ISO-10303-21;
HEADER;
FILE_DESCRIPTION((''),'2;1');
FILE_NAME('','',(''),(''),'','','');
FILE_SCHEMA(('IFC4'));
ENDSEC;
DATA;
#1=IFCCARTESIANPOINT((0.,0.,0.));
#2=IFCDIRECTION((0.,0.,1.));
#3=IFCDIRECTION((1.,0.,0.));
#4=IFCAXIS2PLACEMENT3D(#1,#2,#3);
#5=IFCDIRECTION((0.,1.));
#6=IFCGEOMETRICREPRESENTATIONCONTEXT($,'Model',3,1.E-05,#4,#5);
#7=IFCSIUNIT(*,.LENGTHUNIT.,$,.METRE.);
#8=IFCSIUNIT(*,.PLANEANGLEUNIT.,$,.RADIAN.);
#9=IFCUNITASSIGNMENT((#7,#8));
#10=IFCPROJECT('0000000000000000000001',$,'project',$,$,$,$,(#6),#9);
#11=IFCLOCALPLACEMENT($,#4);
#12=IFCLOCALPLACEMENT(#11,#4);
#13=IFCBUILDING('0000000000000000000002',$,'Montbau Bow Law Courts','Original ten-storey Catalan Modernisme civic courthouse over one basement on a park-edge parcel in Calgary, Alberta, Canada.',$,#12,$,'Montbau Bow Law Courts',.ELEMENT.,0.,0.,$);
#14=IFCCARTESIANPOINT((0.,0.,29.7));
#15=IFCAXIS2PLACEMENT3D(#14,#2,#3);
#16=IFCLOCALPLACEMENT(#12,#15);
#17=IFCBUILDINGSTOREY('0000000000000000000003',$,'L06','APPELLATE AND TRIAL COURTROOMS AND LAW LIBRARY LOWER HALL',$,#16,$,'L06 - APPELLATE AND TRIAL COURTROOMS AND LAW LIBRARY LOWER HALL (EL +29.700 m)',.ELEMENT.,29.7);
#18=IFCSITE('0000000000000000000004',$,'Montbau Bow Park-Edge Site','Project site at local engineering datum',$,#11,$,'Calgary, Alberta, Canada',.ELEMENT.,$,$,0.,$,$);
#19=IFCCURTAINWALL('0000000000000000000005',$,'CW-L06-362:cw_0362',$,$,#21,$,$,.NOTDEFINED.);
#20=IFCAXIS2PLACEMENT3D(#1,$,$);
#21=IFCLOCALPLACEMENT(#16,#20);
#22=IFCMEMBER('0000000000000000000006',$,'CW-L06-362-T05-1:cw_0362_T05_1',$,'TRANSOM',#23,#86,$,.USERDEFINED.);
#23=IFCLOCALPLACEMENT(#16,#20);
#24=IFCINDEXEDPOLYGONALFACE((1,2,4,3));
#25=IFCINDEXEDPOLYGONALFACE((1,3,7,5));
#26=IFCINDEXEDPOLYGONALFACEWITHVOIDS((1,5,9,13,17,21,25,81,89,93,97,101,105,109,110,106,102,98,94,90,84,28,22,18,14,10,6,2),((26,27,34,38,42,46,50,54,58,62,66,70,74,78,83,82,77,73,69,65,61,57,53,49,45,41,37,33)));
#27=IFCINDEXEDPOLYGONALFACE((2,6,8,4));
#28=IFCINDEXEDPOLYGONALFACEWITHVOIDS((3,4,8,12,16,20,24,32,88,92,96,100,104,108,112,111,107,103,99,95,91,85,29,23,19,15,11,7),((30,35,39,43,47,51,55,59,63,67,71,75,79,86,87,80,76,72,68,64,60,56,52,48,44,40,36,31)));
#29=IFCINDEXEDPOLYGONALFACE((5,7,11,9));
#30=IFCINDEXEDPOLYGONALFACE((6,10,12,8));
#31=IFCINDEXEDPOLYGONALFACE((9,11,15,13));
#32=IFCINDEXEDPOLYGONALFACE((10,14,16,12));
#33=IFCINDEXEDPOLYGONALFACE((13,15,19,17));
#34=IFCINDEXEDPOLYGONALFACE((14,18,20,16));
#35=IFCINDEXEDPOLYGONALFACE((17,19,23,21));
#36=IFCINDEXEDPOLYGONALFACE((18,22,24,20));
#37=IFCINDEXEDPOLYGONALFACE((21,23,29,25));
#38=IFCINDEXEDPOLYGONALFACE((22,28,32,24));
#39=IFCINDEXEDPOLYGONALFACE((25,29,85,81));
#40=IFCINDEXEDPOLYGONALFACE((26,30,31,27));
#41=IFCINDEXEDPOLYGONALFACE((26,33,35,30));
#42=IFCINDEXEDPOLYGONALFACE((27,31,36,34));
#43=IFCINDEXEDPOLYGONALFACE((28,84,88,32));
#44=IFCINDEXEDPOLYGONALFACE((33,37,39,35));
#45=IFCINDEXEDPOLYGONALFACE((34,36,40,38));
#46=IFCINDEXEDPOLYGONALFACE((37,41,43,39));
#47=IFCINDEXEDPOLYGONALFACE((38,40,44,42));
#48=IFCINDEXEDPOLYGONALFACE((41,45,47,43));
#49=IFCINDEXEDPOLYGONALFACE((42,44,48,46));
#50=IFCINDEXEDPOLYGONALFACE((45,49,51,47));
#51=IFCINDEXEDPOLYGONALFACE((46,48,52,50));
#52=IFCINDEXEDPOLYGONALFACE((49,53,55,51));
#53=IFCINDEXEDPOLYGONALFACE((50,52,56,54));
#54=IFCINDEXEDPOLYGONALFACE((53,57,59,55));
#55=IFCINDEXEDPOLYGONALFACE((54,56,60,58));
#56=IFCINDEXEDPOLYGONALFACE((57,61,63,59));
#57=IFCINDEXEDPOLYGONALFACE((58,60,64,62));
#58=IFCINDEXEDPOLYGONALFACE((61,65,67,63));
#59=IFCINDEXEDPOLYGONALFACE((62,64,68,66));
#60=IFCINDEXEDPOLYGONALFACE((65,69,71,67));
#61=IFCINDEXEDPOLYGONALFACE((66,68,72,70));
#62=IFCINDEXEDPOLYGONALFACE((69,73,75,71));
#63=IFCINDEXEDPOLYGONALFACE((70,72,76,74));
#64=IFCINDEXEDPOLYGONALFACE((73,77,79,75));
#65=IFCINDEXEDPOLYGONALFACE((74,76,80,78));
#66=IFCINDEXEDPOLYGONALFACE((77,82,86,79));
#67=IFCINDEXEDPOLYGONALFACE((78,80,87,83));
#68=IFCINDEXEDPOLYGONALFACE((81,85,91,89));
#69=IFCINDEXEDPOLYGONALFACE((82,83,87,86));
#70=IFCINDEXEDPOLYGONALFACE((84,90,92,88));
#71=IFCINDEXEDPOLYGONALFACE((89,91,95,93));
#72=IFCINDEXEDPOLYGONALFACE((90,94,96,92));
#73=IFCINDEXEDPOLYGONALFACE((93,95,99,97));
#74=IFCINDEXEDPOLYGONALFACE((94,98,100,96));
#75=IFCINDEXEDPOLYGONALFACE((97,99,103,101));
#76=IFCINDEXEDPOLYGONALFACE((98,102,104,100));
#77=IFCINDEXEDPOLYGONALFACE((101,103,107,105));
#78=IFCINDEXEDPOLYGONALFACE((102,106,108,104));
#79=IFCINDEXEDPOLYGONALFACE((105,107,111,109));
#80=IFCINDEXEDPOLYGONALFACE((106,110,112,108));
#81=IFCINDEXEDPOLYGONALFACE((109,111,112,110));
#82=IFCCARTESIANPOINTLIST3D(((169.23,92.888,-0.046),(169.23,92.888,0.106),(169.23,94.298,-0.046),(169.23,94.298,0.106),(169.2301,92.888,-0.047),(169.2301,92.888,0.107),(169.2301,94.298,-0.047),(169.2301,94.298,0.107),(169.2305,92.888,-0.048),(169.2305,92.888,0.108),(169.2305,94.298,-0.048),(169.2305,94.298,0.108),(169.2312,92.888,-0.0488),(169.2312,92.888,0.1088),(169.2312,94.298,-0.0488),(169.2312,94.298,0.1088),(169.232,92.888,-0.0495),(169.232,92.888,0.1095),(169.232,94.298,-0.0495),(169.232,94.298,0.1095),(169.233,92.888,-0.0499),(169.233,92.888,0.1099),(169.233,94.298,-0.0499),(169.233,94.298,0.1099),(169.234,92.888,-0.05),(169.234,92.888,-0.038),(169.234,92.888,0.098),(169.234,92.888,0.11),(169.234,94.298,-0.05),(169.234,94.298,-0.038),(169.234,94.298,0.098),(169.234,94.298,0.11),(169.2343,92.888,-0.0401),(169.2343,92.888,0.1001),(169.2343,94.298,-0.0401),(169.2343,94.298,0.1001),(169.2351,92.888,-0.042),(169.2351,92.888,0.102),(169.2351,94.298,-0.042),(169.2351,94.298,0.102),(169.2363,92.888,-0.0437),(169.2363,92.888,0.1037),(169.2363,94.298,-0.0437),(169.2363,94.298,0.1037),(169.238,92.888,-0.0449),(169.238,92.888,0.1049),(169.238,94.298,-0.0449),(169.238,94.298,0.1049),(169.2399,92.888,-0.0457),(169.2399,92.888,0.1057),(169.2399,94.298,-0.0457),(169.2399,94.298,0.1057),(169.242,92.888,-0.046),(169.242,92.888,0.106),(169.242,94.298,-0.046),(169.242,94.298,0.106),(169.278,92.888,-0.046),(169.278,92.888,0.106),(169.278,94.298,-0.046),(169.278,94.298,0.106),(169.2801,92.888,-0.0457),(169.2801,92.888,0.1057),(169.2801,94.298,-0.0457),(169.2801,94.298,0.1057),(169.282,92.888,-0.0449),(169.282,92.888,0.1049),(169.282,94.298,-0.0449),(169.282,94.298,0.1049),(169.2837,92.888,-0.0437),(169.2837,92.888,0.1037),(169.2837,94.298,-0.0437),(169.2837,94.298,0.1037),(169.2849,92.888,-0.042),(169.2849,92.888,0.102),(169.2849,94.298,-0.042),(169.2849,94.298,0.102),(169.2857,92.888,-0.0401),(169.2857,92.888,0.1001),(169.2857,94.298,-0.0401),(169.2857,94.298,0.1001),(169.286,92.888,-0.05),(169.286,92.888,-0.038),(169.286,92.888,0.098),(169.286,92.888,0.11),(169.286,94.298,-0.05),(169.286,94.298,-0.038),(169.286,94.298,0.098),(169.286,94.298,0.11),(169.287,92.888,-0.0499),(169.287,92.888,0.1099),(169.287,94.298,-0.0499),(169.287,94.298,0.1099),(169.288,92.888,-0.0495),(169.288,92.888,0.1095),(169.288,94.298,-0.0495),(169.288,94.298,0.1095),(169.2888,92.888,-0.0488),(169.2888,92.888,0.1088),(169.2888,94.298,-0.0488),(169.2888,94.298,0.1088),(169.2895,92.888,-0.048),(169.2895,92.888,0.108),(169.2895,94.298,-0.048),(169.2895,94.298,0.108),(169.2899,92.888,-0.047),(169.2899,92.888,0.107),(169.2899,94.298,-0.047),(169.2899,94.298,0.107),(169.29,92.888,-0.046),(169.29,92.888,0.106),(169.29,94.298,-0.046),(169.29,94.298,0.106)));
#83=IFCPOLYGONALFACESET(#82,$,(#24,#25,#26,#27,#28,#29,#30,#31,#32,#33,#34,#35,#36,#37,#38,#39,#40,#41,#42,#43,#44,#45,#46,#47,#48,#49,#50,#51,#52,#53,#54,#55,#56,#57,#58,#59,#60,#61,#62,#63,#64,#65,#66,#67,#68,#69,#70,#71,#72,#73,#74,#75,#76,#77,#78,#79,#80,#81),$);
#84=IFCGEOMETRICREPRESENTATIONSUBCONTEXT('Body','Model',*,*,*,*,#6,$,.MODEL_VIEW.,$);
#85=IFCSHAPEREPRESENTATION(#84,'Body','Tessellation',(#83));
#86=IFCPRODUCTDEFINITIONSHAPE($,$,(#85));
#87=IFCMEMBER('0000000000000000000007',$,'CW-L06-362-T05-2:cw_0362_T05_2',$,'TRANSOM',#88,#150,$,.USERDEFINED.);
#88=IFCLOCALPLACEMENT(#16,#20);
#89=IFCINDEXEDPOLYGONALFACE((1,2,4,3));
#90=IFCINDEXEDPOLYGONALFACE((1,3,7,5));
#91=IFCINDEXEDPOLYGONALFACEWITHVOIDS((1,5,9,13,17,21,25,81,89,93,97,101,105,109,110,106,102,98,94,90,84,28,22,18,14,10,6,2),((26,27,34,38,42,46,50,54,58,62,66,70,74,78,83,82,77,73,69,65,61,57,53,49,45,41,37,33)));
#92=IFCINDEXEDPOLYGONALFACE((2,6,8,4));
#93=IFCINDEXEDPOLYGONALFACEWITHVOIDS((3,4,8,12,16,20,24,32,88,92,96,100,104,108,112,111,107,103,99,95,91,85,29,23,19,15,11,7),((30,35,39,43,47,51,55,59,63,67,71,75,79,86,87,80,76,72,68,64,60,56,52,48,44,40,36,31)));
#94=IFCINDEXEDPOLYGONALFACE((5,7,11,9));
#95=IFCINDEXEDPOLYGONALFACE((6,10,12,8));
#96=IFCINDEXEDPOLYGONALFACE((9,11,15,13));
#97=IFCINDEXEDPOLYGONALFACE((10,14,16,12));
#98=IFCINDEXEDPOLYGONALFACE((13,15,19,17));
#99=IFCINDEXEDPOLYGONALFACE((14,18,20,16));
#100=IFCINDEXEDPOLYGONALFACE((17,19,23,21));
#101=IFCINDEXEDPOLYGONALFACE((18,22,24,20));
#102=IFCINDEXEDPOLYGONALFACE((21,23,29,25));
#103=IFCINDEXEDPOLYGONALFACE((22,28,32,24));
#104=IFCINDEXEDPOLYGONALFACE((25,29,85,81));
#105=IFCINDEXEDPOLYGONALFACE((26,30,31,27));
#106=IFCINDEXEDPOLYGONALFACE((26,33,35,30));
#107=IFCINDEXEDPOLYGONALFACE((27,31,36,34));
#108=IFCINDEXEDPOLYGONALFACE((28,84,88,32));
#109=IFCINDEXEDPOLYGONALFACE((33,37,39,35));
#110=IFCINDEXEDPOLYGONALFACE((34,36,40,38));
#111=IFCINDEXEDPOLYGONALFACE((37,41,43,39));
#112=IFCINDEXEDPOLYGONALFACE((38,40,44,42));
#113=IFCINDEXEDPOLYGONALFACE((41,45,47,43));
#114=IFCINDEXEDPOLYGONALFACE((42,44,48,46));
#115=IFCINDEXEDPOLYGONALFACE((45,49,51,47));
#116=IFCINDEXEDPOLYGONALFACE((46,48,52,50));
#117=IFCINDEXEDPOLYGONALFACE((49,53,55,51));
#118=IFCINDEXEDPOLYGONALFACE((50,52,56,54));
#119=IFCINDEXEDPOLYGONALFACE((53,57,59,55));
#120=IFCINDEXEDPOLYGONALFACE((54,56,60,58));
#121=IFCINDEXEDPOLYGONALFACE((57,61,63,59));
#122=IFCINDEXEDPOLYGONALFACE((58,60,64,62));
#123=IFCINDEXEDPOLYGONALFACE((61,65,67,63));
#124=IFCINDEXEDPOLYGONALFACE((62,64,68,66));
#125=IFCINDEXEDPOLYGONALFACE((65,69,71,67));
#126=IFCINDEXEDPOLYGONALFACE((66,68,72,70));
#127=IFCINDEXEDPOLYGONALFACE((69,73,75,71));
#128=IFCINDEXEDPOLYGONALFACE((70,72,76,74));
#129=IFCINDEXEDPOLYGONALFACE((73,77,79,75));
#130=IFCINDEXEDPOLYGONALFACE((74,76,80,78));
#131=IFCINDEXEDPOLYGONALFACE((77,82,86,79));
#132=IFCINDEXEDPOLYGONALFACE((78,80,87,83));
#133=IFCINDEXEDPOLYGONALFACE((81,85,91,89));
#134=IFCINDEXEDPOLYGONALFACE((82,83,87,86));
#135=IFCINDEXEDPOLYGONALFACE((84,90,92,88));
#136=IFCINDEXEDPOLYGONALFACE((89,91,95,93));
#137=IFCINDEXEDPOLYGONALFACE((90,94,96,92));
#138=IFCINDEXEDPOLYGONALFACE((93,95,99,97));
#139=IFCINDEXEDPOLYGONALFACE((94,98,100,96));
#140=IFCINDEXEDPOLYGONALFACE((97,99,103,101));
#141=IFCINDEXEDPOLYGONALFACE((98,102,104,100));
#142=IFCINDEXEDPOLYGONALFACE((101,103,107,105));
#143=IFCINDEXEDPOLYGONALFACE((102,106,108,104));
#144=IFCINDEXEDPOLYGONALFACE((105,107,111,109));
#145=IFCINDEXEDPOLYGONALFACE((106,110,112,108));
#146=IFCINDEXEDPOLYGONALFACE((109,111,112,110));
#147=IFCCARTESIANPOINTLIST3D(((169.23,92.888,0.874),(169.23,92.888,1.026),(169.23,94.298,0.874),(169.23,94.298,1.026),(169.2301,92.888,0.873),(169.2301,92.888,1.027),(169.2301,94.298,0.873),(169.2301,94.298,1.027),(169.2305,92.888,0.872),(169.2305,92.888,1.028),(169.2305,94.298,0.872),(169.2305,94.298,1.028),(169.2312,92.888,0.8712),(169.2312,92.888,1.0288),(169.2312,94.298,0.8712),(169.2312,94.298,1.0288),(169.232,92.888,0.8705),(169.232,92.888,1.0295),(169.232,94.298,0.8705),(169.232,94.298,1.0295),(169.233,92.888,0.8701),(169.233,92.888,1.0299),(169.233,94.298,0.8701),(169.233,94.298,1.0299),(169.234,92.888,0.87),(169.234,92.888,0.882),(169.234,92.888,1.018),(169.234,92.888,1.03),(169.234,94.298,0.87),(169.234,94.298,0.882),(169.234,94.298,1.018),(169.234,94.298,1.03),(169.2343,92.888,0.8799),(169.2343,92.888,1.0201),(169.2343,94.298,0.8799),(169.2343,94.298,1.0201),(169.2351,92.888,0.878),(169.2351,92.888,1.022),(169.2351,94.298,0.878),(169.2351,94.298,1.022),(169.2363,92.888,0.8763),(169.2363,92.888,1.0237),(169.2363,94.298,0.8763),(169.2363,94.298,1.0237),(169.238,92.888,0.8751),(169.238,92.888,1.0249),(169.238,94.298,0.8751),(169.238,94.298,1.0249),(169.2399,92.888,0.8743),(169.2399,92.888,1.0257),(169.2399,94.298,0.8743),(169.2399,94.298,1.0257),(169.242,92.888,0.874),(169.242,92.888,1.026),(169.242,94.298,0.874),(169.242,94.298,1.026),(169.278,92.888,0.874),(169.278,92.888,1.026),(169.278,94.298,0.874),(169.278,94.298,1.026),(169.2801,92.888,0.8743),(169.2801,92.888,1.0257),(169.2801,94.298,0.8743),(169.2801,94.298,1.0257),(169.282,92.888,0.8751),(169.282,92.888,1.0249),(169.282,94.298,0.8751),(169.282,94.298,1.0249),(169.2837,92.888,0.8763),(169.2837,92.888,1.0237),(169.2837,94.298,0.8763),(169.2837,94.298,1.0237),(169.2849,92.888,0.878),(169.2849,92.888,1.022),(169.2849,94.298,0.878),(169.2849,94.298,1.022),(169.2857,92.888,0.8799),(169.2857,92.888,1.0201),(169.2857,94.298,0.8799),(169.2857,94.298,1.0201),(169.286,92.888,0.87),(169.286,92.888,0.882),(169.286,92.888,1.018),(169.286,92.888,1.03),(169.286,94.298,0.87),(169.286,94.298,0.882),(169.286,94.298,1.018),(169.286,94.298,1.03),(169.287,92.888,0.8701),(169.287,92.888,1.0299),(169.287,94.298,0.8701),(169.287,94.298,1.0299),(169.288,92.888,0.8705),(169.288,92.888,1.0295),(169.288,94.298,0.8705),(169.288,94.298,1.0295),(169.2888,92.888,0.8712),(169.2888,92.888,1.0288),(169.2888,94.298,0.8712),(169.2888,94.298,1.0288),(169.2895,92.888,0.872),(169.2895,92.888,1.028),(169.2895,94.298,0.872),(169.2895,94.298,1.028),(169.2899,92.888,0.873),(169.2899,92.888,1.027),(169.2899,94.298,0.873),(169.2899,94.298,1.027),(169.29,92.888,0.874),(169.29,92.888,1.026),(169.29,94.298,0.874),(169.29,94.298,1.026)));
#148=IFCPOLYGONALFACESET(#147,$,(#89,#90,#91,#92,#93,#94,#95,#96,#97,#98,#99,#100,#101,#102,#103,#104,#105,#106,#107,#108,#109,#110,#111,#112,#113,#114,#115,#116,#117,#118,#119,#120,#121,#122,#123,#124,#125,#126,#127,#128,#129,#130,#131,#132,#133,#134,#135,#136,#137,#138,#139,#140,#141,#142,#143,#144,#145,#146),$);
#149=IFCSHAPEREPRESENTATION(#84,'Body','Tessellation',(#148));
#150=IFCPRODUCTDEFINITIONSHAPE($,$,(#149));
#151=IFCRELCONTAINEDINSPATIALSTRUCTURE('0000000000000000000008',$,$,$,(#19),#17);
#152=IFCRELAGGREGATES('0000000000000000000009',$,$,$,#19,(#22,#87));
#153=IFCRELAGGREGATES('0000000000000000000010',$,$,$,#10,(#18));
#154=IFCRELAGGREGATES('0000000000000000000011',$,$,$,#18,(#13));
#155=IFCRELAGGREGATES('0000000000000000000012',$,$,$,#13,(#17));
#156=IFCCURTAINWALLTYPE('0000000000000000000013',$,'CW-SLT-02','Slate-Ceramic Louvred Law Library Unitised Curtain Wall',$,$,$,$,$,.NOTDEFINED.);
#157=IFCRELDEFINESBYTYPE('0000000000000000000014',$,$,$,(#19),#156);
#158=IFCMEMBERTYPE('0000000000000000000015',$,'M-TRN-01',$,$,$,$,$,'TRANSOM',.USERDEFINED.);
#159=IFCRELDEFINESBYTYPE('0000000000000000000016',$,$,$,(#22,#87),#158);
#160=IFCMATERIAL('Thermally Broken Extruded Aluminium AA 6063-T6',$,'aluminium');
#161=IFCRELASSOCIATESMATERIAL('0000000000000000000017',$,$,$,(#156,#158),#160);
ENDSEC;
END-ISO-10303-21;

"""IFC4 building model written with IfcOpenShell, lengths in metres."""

from ifc_helpers import new_model, si_unit, direction, frame, origin_with_axes, origin_2d_with_axis, place, context, subcontext, project, spatial, hollow_rectangle, extrude, material, material_profile, profile_set, type_object, element, aggregate, save


model = new_model("IFC4")

# Units and contexts
model_context = context("Model", 3, precision=1e-05, world=origin_with_axes(), true_north=direction((0.0, 1.0)))
body_context = subcontext(model_context, "Body", "Model", "MODEL_VIEW")
ifc_project = project(units=[si_unit("LENGTHUNIT", "METRE"), si_unit("PLANEANGLEUNIT", "RADIAN")], contexts=[model_context])

# Site, building, storey
site_placement = place(None, origin_with_axes())
site = spatial("IfcSite", under=ifc_project, at=site_placement, Name="Montbau Bow Park-Edge Site", Description="Project site at local engineering datum", LongName="Calgary, Alberta, Canada", CompositionType="ELEMENT", RefElevation=0.0)
building_placement = place(site_placement, origin_with_axes())
building = spatial("IfcBuilding", under=site, at=building_placement, Name="Montbau Bow Law Courts", Description="Original ten-storey Catalan Modernisme civic courthouse over one basement on a park-edge parcel in Calgary, Alberta, Canada.", LongName="Montbau Bow Law Courts", CompositionType="ELEMENT", ElevationOfRefHeight=0.0, ElevationOfTerrain=0.0)
storey_placement = place(building_placement, frame((0.0, 0.0, 29.7), z_axis=(0.0, 0.0, 1.0), x_axis=(1.0, 0.0, 0.0)))
storey = spatial("IfcBuildingStorey", under=building, at=storey_placement, Name="L06", Description="APPELLATE AND TRIAL COURTROOMS AND LAW LIBRARY LOWER HALL", LongName="L06 - APPELLATE AND TRIAL COURTROOMS AND LAW LIBRARY LOWER HALL (EL +29.700 m)", CompositionType="ELEMENT", Elevation=29.7)

# Curtain wall, members
ifc_material_1 = material(Name="Thermally Broken Extruded Aluminium AA 6063-T6", Category="aluminium")
curtain_wall_type = type_object("IfcCurtainWallType", Name="CW-SLT-02", Description="Slate-Ceramic Louvred Law Library Unitised Curtain Wall", PredefinedType="NOTDEFINED", material=ifc_material_1)
curtain_wall_placement = place(None, frame((169.26, 86.84, 29.7), z_axis=(0.0, 0.0, 1.0), x_axis=(1.0, 0.0, 0.0)))
curtain_wall = element("IfcCurtainWall", 1, at=curtain_wall_placement, inside=storey, type_object=curtain_wall_type, Name="CW-L06-362:cw_0362", PredefinedType="NOTDEFINED")
ifc_material_profile_1 = material_profile(ifc_material_1, hollow_rectangle(XDim=0.06, YDim=0.16, WallThickness=0.004, InnerFilletRadius=0.008, OuterFilletRadius=0.004, at=origin_2d_with_axis()), Name="CWT-160X60", Category="Main", Priority=0)
ifc_profile_set_1 = profile_set([ifc_material_profile_1], Name="Thermally Broken Extruded Aluminium AA 6063-T6")
member_type_1 = type_object("IfcMemberType", Name="M-TRN-01", ElementType="TRANSOM", PredefinedType="USERDEFINED", material=ifc_profile_set_1)
member_1_placement = place(None, frame((169.26, 92.888, 29.73), z_axis=(0.0, 1.0, 0.0), x_axis=(-1.0, 0.0, 0.0)))
member_1 = element("IfcMember", 2, at=member_1_placement, type_object=member_type_1, Name="CW-L06-362-T05-1:cw_0362_T05_1", ObjectType="TRANSOM", PredefinedType="USERDEFINED", context=body_context, shape_type="SweptSolid", body=[
    extrude(hollow_rectangle(XDim=0.06, YDim=0.16, WallThickness=0.004, InnerFilletRadius=0.008, OuterFilletRadius=0.004, at=origin_2d_with_axis()), origin_with_axes(), (0.0, 0.0, 1.0), 1.41),
])
member_2_placement = place(None, frame((169.26, 92.888, 30.65), z_axis=(0.0, 1.0, 0.0), x_axis=(-1.0, 0.0, 0.0)))
member_2 = element("IfcMember", 3, at=member_2_placement, type_object=member_type_1, Name="CW-L06-362-T05-2:cw_0362_T05_2", ObjectType="TRANSOM", PredefinedType="USERDEFINED", context=body_context, shape_type="SweptSolid", body=[
    extrude(hollow_rectangle(XDim=0.06, YDim=0.16, WallThickness=0.004, InnerFilletRadius=0.008, OuterFilletRadius=0.004, at=origin_2d_with_axis()), origin_with_axes(), (0.0, 0.0, 1.0), 1.41),
])
aggregate(curtain_wall, [member_1, member_2])

save(model, "model.ifc")
